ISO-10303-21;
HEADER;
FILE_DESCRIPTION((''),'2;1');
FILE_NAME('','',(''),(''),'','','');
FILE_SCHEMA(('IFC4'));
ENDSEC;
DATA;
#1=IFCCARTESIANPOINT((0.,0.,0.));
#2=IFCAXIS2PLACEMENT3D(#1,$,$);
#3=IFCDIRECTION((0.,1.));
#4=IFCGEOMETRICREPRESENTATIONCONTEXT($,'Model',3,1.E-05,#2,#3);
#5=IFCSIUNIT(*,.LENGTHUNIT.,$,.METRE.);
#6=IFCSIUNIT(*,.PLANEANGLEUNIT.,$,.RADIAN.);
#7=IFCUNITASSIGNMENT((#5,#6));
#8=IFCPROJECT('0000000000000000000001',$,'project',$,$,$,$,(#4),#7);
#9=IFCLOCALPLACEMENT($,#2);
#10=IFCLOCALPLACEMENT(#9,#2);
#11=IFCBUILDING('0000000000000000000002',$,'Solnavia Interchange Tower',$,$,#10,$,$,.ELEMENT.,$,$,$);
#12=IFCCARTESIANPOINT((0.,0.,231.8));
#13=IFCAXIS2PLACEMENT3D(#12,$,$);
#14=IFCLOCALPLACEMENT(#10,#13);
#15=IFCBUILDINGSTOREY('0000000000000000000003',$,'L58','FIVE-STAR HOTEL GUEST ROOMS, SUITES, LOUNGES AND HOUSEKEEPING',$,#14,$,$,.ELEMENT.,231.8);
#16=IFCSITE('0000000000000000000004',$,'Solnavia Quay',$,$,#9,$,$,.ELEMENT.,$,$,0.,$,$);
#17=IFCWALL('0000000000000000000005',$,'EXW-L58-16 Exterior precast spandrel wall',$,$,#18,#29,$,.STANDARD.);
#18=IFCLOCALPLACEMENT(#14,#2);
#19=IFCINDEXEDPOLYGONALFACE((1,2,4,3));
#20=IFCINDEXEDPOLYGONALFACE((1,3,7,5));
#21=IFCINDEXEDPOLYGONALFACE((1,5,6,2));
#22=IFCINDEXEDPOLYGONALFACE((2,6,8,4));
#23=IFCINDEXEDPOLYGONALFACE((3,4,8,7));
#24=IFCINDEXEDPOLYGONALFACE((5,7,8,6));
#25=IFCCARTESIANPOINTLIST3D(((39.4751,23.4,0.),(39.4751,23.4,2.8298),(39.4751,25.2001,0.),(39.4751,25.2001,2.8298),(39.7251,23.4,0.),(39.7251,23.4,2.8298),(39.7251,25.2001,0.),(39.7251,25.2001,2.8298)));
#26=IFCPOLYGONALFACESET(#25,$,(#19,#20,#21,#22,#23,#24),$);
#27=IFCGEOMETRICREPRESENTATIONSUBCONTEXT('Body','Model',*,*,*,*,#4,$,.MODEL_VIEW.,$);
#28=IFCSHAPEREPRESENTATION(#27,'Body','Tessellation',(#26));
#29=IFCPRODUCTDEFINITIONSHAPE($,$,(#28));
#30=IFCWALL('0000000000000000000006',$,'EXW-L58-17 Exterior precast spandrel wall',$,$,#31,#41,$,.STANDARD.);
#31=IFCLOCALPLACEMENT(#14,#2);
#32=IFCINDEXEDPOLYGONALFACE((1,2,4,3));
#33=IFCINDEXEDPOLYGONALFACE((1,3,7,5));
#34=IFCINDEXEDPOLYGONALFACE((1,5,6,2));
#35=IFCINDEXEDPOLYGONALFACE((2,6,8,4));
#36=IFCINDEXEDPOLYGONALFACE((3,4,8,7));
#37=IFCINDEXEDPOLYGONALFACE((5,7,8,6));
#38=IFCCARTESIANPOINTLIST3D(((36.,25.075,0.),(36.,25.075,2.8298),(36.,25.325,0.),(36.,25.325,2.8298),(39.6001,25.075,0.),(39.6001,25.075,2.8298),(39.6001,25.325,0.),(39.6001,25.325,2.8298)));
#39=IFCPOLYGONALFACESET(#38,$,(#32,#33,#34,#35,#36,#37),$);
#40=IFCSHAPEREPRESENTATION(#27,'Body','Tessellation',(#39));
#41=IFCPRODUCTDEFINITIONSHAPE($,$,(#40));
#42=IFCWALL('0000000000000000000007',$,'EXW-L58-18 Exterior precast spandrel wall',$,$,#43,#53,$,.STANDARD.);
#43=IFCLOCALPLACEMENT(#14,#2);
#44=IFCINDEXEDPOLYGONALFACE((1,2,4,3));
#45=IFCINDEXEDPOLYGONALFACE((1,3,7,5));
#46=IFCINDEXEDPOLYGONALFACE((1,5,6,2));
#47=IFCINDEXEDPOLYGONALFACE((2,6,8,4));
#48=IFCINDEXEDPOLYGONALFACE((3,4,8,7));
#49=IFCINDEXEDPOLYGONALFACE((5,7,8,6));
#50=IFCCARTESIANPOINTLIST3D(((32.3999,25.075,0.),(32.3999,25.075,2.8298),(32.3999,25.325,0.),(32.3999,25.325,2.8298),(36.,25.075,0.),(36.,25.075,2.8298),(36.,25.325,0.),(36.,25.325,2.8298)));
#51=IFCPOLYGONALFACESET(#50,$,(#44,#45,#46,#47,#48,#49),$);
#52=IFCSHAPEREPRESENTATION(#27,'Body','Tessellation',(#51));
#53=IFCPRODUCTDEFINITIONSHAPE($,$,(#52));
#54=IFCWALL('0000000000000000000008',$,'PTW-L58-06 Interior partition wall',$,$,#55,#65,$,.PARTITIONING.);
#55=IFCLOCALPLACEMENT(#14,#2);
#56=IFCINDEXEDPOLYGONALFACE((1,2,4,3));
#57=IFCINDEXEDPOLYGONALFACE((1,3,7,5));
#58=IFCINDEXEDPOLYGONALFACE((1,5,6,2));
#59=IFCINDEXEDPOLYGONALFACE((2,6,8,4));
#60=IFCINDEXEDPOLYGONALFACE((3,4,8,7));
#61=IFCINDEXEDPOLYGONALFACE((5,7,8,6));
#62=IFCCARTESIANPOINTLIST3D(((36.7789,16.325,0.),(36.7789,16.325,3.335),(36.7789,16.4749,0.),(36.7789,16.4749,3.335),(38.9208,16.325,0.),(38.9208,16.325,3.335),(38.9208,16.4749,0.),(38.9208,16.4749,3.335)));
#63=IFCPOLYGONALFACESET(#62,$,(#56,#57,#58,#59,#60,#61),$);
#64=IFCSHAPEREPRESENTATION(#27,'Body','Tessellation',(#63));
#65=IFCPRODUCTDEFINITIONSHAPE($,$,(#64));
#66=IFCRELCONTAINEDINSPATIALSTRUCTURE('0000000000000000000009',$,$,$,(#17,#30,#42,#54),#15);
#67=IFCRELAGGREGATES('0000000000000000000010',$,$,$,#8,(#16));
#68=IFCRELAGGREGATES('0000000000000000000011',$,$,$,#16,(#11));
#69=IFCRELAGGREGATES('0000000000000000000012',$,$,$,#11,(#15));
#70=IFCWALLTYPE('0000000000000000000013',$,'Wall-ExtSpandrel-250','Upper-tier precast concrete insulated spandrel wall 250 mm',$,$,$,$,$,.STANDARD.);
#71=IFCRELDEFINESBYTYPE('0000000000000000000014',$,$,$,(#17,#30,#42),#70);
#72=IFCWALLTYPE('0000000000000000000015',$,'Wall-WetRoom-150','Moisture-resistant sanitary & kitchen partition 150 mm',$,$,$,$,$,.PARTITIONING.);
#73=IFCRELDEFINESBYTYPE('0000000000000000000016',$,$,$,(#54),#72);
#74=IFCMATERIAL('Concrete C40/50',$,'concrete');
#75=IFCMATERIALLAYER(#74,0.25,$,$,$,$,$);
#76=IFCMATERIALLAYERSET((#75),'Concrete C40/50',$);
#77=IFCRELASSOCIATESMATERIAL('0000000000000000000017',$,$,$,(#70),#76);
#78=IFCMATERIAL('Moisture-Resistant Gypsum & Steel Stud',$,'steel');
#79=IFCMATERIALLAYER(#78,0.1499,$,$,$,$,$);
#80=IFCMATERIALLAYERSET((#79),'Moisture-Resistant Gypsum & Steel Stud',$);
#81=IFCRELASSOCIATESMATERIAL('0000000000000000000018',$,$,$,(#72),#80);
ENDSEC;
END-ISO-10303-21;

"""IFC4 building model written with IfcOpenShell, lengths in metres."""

from ifc_helpers import new_model, si_unit, direction, frame, frame_2d, origin, place, context, subcontext, project, spatial, rectangle, extrude, material, layer, layer_set, type_object, element, save


model = new_model("IFC4")

# Units and contexts
model_context = context("Model", 3, precision=1e-05, world=origin(), true_north=direction((0.0, 1.0)))
body_context = subcontext(model_context, "Body", "Model", "MODEL_VIEW")
ifc_project = project(units=[si_unit("LENGTHUNIT", "METRE"), si_unit("PLANEANGLEUNIT", "RADIAN")], contexts=[model_context])

# Site, building, storey
site_placement = place(None, origin())
site = spatial("IfcSite", under=ifc_project, at=site_placement, Name="Solnavia Quay", CompositionType="ELEMENT", RefElevation=0.0)
building_placement = place(site_placement, origin())
building = spatial("IfcBuilding", under=site, at=building_placement, Name="Solnavia Interchange Tower", CompositionType="ELEMENT")
storey_placement = place(building_placement, frame((0.0, 0.0, 231.8)))
storey = spatial("IfcBuildingStorey", under=building, at=storey_placement, Name="L58", Description="FIVE-STAR HOTEL GUEST ROOMS, SUITES, LOUNGES AND HOUSEKEEPING", CompositionType="ELEMENT", Elevation=231.8)

# Shared definitions
ifc_material_1 = material(Name="Concrete C40/50", Category="concrete")
ifc_layer_1 = layer(ifc_material_1, 0.25)
ifc_layer_set_1 = layer_set([ifc_layer_1], Name="Concrete C40/50")
wall_type_1 = type_object("IfcWallType", Name="Wall-ExtSpandrel-250", Description="Upper-tier precast concrete insulated spandrel wall 250 mm", PredefinedType="STANDARD", material=ifc_layer_set_1)

# Walls
wall_1_placement = place(storey_placement, frame((39.6001, 25.2, 0.0), z_axis=(0.0, 0.0, 1.0), x_axis=(0.0, -1.0, 0.0)))
element("IfcWall", 1, at=wall_1_placement, inside=storey, type_object=wall_type_1, Name="EXW-L58-16 Exterior precast spandrel wall", PredefinedType="STANDARD", context=body_context, shape_type="SweptSolid", body=[
    extrude(rectangle(XDim=1.8, YDim=0.25, at=frame_2d((0.8999, 0.0))), origin(), (0.0, 0.0, 1.0), 2.8298),
])
for number, where, z_axis, x_axis, name in (
    (2, (36.0, 25.2, 0.0), (0.0, 0.0, 1.0), (1.0, 0.0, 0.0), "EXW-L58-17 Exterior precast spandrel wall"),
    (3, (32.3999, 25.2, 0.0), (0.0, 0.0, 1.0), (1.0, 0.0, 0.0), "EXW-L58-18 Exterior precast spandrel wall"),
):
    element("IfcWall", number, at=place(storey_placement, frame(where, z_axis=z_axis, x_axis=x_axis)), inside=storey, type_object=wall_type_1, Name=name, PredefinedType="STANDARD", context=body_context, shape_type="SweptSolid", body=[
        extrude(rectangle(XDim=3.6001, YDim=0.25, at=frame_2d((1.8, 0.0))), origin(), (0.0, 0.0, 1.0), 2.8298),
    ])
ifc_material_2 = material(Name="Moisture-Resistant Gypsum & Steel Stud", Category="steel")
ifc_layer_2 = layer(ifc_material_2, 0.1499)
ifc_layer_set_2 = layer_set([ifc_layer_2], Name="Moisture-Resistant Gypsum & Steel Stud")
wall_type_2 = type_object("IfcWallType", Name="Wall-WetRoom-150", Description="Moisture-resistant sanitary & kitchen partition 150 mm", PredefinedType="PARTITIONING", material=ifc_layer_set_2)
wall_2_placement = place(storey_placement, frame((36.7791, 16.3999, 0.0), z_axis=(0.0, 0.0, 1.0), x_axis=(1.0, 0.0, 0.0)))
element("IfcWall", 4, at=wall_2_placement, inside=storey, type_object=wall_type_2, Name="PTW-L58-06 Interior partition wall", PredefinedType="PARTITIONING", context=body_context, shape_type="SweptSolid", body=[
    extrude(rectangle(XDim=2.1418, YDim=0.1499, at=frame_2d((1.0708, 0.0))), origin(), (0.0, 0.0, 1.0), 3.335),
])

save(model, "model.ifc")
